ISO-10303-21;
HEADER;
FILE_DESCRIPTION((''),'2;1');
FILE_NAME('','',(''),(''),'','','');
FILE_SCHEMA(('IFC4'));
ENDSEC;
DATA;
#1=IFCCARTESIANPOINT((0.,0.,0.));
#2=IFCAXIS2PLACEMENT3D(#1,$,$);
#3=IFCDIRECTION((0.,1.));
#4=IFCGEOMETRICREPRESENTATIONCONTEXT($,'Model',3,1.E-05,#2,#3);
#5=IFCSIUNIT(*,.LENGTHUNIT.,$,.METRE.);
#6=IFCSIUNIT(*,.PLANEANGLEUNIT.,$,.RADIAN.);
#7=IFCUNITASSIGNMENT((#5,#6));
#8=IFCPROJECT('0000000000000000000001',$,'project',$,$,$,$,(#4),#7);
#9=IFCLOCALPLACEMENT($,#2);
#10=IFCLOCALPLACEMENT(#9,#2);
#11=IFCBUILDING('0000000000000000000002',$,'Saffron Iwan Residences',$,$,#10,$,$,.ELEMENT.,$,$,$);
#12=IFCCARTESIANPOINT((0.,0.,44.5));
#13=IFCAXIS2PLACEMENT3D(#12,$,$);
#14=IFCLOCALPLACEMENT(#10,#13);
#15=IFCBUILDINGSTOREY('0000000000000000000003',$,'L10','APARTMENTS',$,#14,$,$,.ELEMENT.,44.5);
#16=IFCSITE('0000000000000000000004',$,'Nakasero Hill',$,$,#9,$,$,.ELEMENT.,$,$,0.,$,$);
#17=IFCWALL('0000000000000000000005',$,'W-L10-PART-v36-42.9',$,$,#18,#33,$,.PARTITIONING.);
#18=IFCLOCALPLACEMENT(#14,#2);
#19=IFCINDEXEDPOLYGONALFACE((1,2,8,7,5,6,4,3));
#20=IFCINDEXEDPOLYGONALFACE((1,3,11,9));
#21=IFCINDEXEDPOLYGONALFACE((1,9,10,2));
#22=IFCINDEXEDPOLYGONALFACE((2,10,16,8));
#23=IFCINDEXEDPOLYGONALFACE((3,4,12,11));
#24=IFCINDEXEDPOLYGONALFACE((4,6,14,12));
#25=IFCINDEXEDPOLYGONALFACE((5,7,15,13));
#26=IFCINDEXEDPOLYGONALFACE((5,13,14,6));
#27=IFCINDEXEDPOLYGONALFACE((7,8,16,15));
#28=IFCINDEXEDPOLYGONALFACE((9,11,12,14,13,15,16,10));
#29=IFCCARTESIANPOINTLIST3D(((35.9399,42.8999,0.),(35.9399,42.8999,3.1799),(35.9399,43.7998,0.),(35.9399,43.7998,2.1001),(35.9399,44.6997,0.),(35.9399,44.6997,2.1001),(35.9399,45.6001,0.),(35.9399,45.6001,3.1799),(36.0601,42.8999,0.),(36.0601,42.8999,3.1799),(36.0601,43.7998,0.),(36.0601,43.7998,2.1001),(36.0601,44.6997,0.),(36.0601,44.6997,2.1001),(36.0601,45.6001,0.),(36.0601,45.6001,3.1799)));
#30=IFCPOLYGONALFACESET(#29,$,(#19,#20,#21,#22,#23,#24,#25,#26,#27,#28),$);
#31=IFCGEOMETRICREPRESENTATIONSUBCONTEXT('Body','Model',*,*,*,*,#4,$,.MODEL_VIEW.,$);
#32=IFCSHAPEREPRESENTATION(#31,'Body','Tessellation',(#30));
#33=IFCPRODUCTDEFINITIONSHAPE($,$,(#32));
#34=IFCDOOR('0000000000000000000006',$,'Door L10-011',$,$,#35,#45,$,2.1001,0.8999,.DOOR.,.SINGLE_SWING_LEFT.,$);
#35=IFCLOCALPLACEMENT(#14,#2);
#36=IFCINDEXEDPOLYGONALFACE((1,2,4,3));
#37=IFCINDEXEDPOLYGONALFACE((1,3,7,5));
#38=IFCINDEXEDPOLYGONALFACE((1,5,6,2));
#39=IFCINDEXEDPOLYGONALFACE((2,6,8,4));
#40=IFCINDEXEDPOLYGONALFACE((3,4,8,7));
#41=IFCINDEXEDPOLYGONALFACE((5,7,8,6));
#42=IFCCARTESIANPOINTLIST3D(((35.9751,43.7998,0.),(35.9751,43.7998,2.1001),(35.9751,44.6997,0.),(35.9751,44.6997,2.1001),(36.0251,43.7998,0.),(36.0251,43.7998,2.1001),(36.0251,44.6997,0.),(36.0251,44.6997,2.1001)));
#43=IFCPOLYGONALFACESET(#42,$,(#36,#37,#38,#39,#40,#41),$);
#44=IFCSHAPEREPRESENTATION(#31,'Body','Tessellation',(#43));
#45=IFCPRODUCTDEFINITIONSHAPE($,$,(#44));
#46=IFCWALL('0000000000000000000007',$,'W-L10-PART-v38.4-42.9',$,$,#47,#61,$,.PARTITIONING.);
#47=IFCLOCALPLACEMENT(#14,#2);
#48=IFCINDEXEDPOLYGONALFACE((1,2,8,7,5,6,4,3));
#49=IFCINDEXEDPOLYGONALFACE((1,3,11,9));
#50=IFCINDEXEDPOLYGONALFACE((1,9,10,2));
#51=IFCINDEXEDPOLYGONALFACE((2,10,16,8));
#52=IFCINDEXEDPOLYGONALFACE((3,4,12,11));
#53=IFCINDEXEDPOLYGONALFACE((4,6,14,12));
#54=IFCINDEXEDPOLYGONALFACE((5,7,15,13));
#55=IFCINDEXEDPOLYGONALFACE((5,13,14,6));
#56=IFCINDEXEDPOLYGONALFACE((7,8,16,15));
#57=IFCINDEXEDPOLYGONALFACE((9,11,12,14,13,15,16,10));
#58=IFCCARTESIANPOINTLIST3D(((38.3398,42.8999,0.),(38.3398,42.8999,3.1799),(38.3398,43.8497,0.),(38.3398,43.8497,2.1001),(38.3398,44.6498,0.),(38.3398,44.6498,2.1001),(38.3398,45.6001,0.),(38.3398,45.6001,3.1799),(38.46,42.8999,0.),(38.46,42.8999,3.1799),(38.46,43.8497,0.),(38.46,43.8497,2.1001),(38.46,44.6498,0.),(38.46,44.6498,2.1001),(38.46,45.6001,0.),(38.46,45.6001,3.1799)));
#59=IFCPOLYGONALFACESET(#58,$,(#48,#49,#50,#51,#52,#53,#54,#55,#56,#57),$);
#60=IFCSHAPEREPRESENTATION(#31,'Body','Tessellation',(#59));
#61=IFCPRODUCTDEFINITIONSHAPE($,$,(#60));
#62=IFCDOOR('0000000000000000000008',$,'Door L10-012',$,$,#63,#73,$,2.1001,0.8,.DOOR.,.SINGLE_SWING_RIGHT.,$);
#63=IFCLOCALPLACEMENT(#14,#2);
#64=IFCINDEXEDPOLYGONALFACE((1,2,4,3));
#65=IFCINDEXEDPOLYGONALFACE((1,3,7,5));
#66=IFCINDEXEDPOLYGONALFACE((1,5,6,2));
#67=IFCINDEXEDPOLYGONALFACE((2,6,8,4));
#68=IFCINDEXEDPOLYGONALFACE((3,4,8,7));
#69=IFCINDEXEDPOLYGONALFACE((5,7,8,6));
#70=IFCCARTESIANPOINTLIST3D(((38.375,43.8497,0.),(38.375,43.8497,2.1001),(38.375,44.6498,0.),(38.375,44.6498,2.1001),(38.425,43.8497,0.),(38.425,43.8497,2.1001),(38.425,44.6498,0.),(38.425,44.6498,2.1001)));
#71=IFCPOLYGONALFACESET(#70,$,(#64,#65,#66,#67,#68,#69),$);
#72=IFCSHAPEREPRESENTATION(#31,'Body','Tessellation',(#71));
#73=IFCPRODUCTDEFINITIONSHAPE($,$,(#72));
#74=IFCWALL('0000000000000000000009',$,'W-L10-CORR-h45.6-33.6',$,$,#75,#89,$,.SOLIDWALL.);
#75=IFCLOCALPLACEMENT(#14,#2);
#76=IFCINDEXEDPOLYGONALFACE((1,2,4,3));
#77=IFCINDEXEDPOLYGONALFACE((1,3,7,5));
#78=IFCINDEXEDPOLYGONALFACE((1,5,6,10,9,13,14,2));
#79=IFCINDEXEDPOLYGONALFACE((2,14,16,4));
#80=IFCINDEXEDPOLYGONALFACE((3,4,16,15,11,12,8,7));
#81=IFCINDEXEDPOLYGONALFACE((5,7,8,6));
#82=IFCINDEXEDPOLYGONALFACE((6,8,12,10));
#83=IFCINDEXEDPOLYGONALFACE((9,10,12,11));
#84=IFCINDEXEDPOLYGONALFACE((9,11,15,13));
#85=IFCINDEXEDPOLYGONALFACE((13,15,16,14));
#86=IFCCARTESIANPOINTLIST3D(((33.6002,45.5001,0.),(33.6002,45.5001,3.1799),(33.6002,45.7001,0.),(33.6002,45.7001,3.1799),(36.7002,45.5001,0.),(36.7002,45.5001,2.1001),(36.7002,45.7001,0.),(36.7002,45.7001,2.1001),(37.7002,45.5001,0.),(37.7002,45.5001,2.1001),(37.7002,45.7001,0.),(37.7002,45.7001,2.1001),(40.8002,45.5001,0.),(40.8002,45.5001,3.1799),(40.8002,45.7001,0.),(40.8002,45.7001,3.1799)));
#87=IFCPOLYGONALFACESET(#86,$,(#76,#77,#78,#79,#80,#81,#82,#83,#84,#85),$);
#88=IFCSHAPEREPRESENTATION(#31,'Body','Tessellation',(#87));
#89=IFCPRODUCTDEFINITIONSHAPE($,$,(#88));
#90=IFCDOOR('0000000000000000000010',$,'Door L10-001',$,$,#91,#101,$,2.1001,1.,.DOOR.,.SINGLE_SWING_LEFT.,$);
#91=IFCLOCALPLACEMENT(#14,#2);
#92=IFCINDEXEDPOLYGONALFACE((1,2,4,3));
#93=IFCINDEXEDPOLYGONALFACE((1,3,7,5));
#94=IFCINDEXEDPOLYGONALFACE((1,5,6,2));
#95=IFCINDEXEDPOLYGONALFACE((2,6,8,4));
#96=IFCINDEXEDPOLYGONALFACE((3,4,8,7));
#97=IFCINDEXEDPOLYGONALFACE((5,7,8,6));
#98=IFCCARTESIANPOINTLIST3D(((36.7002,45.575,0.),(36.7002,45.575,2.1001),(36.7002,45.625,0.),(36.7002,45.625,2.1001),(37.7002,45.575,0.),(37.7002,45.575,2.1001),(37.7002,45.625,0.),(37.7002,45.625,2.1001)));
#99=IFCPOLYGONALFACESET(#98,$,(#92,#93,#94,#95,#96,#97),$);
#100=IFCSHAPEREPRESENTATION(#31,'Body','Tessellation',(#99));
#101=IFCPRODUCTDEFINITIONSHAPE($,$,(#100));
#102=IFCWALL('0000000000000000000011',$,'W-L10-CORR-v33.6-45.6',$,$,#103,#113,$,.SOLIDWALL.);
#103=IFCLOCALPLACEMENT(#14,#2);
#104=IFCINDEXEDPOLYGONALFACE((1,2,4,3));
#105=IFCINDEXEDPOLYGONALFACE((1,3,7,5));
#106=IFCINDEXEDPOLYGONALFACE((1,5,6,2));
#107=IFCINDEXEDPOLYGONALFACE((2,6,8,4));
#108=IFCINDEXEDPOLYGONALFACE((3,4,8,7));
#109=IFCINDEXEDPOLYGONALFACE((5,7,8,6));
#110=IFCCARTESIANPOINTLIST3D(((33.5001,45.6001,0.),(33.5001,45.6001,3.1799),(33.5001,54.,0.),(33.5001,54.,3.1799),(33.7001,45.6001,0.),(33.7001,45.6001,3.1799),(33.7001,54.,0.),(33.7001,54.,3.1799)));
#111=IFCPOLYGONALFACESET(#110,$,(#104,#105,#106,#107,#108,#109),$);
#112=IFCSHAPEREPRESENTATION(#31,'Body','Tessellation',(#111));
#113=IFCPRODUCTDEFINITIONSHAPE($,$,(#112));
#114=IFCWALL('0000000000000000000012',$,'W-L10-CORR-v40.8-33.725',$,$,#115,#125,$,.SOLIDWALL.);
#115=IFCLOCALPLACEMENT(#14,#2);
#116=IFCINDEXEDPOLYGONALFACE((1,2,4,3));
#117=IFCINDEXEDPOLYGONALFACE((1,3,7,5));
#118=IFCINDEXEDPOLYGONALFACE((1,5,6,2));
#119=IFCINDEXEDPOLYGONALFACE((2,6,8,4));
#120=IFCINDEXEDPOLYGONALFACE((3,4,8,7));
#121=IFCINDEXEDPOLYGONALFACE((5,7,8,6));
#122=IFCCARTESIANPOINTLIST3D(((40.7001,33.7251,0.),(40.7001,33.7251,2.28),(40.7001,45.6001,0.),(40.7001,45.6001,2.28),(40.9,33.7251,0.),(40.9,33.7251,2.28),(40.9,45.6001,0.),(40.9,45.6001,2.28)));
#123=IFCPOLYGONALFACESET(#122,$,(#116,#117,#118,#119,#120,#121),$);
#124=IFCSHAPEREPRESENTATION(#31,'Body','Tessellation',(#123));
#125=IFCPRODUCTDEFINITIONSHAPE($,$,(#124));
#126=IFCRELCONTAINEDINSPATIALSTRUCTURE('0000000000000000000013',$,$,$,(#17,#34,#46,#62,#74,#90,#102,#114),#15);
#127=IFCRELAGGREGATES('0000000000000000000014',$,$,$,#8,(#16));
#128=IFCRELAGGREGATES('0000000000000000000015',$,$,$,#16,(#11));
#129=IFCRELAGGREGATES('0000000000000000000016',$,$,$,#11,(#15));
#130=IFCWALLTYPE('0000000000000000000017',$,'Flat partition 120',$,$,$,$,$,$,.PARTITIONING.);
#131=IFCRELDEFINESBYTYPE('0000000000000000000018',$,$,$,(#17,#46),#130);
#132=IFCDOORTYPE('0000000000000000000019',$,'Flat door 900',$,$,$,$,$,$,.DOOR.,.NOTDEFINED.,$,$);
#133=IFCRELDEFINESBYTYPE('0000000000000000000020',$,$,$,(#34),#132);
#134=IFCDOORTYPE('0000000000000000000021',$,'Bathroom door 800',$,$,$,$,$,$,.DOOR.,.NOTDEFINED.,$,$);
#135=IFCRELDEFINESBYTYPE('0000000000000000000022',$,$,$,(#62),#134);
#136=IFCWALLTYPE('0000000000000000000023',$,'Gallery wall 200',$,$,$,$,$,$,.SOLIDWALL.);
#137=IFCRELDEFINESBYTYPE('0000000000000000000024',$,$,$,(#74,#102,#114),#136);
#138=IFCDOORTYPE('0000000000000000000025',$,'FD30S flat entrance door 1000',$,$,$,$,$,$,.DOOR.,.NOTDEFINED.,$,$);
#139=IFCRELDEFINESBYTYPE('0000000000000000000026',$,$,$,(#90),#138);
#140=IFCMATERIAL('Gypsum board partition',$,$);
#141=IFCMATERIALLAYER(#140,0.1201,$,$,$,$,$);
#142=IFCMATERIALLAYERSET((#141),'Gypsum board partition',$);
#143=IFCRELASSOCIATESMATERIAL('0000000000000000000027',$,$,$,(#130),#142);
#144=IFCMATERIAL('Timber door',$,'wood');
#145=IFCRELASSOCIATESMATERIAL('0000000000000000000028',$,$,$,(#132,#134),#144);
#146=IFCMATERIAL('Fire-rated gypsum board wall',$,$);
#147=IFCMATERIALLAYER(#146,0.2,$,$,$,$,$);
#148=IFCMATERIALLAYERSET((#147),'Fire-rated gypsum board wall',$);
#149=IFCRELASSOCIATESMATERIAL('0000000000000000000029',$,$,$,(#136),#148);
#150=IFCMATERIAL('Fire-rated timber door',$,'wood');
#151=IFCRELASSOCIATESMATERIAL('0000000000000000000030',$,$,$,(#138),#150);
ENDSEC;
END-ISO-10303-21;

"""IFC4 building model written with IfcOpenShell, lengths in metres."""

from ifc_helpers import new_model, si_unit, direction, frame, frame_2d, origin, place, context, subcontext, project, spatial, rectangle, extrude, material, layer, layer_set, type_object, element, fill, save


model = new_model("IFC4")

# Units and contexts
model_context = context("Model", 3, precision=1e-05, world=origin(), true_north=direction((0.0, 1.0)))
body_context = subcontext(model_context, "Body", "Model", "MODEL_VIEW")
ifc_project = project(units=[si_unit("LENGTHUNIT", "METRE"), si_unit("PLANEANGLEUNIT", "RADIAN")], contexts=[model_context])

# Site, building, storey
site_placement = place(None, origin())
site = spatial("IfcSite", under=ifc_project, at=site_placement, Name="Nakasero Hill", CompositionType="ELEMENT", RefElevation=0.0)
building_placement = place(site_placement, origin())
building = spatial("IfcBuilding", under=site, at=building_placement, Name="Saffron Iwan Residences", CompositionType="ELEMENT")
storey_placement = place(building_placement, frame((0.0, 0.0, 44.5)))
storey = spatial("IfcBuildingStorey", under=building, at=storey_placement, Name="L10", Description="APARTMENTS", CompositionType="ELEMENT", Elevation=44.5)

# Shared definitions
ifc_material_1 = material(Name="Gypsum board partition")
ifc_layer_1 = layer(ifc_material_1, 0.1201)
ifc_layer_set_1 = layer_set([ifc_layer_1], Name="Gypsum board partition")
wall_type_1 = type_object("IfcWallType", Name="Flat partition 120", PredefinedType="PARTITIONING", material=ifc_layer_set_1)

# Walls, openings, doors
wall_1_placement = place(storey_placement, frame((36.0, 42.8999, 0.0), z_axis=(0.0, 0.0, 1.0), x_axis=(0.0, 1.0, 0.0)))
wall_1 = element("IfcWall", 1, at=wall_1_placement, inside=storey, type_object=wall_type_1, Name="W-L10-PART-v36-42.9", PredefinedType="PARTITIONING", context=body_context, shape_type="SweptSolid", body=[
    extrude(rectangle(XDim=2.7002, YDim=0.1201, at=frame_2d((1.3501, 0.0))), origin(), (0.0, 0.0, 1.0), 3.1799),
])
opening_1_placement = place(wall_1_placement, frame((0.8999, 0.0, 0.0)))
opening_1 = element("IfcOpeningElement", 2, at=opening_1_placement, cuts=wall_1, PredefinedType="OPENING", context=body_context, shape_type="SweptSolid", body=[
    extrude(rectangle(XDim=0.8999, YDim=2.1001, at=frame_2d((0.45, 1.05))), frame((0.0, 0.0701, 0.0), z_axis=(0.0, -1.0, 0.0), x_axis=(1.0, 0.0, 0.0)), (0.0, 0.0, 1.0), 0.1401),
])
ifc_material_2 = material(Name="Timber door", Category="wood")
door_type_1 = type_object("IfcDoorType", Name="Flat door 900", OperationType="NOTDEFINED", PredefinedType="DOOR", material=ifc_material_2)
door_1_placement = place(opening_1_placement, origin())
door_1 = element("IfcDoor", 3, at=door_1_placement, inside=storey, type_object=door_type_1, Name="Door L10-011", OperationType="SINGLE_SWING_LEFT", OverallHeight=2.1001, OverallWidth=0.8999, PredefinedType="DOOR", context=body_context, shape_type="SweptSolid", body=[
    extrude(rectangle(XDim=0.8999, YDim=2.1001, at=frame_2d((0.45, 1.05))), frame((0.0, 0.0249, 0.0), z_axis=(0.0, -1.0, 0.0), x_axis=(1.0, 0.0, 0.0)), (0.0, 0.0, 1.0), 0.05),
])
fill(opening_1, door_1)
wall_2_placement = place(storey_placement, frame((38.3999, 42.8999, 0.0), z_axis=(0.0, 0.0, 1.0), x_axis=(0.0, 1.0, 0.0)))
wall_2 = element("IfcWall", 4, at=wall_2_placement, inside=storey, type_object=wall_type_1, Name="W-L10-PART-v38.4-42.9", PredefinedType="PARTITIONING", context=body_context, shape_type="SweptSolid", body=[
    extrude(rectangle(XDim=2.7002, YDim=0.1201, at=frame_2d((1.3501, 0.0))), origin(), (0.0, 0.0, 1.0), 3.1799),
])
opening_2_placement = place(wall_2_placement, frame((0.95, 0.0, 0.0)))
opening_2 = element("IfcOpeningElement", 5, at=opening_2_placement, cuts=wall_2, PredefinedType="OPENING", context=body_context, shape_type="SweptSolid", body=[
    extrude(rectangle(XDim=0.8, YDim=2.1001, at=frame_2d((0.3999, 1.05))), frame((0.0, 0.0701, 0.0), z_axis=(0.0, -1.0, 0.0), x_axis=(1.0, 0.0, 0.0)), (0.0, 0.0, 1.0), 0.1401),
])
door_type_2 = type_object("IfcDoorType", Name="Bathroom door 800", OperationType="NOTDEFINED", PredefinedType="DOOR", material=ifc_material_2)
door_2_placement = place(opening_2_placement, origin())
door_2 = element("IfcDoor", 6, at=door_2_placement, inside=storey, type_object=door_type_2, Name="Door L10-012", OperationType="SINGLE_SWING_RIGHT", OverallHeight=2.1001, OverallWidth=0.8, PredefinedType="DOOR", context=body_context, shape_type="SweptSolid", body=[
    extrude(rectangle(XDim=0.8, YDim=2.1001, at=frame_2d((0.3999, 1.05))), frame((0.0, 0.0249, 0.0), z_axis=(0.0, -1.0, 0.0), x_axis=(1.0, 0.0, 0.0)), (0.0, 0.0, 1.0), 0.05),
])
fill(opening_2, door_2)
ifc_material_3 = material(Name="Fire-rated gypsum board wall")
ifc_layer_2 = layer(ifc_material_3, 0.2)
ifc_layer_set_2 = layer_set([ifc_layer_2], Name="Fire-rated gypsum board wall")
wall_type_2 = type_object("IfcWallType", Name="Gallery wall 200", PredefinedType="SOLIDWALL", material=ifc_layer_set_2)
wall_3_placement = place(storey_placement, frame((33.6001, 45.6001, 0.0), z_axis=(0.0, 0.0, 1.0), x_axis=(1.0, 0.0, 0.0)))
wall_3 = element("IfcWall", 7, at=wall_3_placement, inside=storey, type_object=wall_type_2, Name="W-L10-CORR-h45.6-33.6", PredefinedType="SOLIDWALL", context=body_context, shape_type="SweptSolid", body=[
    extrude(rectangle(XDim=7.2, YDim=0.2, at=frame_2d((3.6001, 0.0))), origin(), (0.0, 0.0, 1.0), 3.1799),
])
opening_3_placement = place(wall_3_placement, frame((3.1001, 0.0, 0.0)))
opening_3 = element("IfcOpeningElement", 8, at=opening_3_placement, cuts=wall_3, PredefinedType="OPENING", context=body_context, shape_type="SweptSolid", body=[
    extrude(rectangle(XDim=1.0, YDim=2.1001, at=frame_2d((0.5, 1.05))), frame((0.0, 0.1099, 0.0), z_axis=(0.0, -1.0, 0.0), x_axis=(1.0, 0.0, 0.0)), (0.0, 0.0, 1.0), 0.22),
])
ifc_material_4 = material(Name="Fire-rated timber door", Category="wood")
door_type_3 = type_object("IfcDoorType", Name="FD30S flat entrance door 1000", OperationType="NOTDEFINED", PredefinedType="DOOR", material=ifc_material_4)
door_3_placement = place(opening_3_placement, origin())
door_3 = element("IfcDoor", 9, at=door_3_placement, inside=storey, type_object=door_type_3, Name="Door L10-001", OperationType="SINGLE_SWING_LEFT", OverallHeight=2.1001, OverallWidth=1.0, PredefinedType="DOOR", context=body_context, shape_type="SweptSolid", body=[
    extrude(rectangle(XDim=1.0, YDim=2.1001, at=frame_2d((0.5, 1.05))), frame((0.0, 0.0249, 0.0), z_axis=(0.0, -1.0, 0.0), x_axis=(1.0, 0.0, 0.0)), (0.0, 0.0, 1.0), 0.05),
])
fill(opening_3, door_3)

# Walls
wall_4_placement = place(storey_placement, frame((33.6001, 45.6001, 0.0), z_axis=(0.0, 0.0, 1.0), x_axis=(0.0, 1.0, 0.0)))
element("IfcWall", 10, at=wall_4_placement, inside=storey, type_object=wall_type_2, Name="W-L10-CORR-v33.6-45.6", PredefinedType="SOLIDWALL", context=body_context, shape_type="SweptSolid", body=[
    extrude(rectangle(XDim=8.3999, YDim=0.2, at=frame_2d((4.2, 0.0))), origin(), (0.0, 0.0, 1.0), 3.1799),
])
wall_5_placement = place(storey_placement, frame((40.8, 33.7251, 0.0), z_axis=(0.0, 0.0, 1.0), x_axis=(0.0, 1.0, 0.0)))
element("IfcWall", 11, at=wall_5_placement, inside=storey, type_object=wall_type_2, Name="W-L10-CORR-v40.8-33.725", PredefinedType="SOLIDWALL", context=body_context, shape_type="SweptSolid", body=[
    extrude(rectangle(XDim=11.875, YDim=0.2, at=frame_2d((5.9375, 0.0))), origin(), (0.0, 0.0, 1.0), 2.28),
])

save(model, "model.ifc")
